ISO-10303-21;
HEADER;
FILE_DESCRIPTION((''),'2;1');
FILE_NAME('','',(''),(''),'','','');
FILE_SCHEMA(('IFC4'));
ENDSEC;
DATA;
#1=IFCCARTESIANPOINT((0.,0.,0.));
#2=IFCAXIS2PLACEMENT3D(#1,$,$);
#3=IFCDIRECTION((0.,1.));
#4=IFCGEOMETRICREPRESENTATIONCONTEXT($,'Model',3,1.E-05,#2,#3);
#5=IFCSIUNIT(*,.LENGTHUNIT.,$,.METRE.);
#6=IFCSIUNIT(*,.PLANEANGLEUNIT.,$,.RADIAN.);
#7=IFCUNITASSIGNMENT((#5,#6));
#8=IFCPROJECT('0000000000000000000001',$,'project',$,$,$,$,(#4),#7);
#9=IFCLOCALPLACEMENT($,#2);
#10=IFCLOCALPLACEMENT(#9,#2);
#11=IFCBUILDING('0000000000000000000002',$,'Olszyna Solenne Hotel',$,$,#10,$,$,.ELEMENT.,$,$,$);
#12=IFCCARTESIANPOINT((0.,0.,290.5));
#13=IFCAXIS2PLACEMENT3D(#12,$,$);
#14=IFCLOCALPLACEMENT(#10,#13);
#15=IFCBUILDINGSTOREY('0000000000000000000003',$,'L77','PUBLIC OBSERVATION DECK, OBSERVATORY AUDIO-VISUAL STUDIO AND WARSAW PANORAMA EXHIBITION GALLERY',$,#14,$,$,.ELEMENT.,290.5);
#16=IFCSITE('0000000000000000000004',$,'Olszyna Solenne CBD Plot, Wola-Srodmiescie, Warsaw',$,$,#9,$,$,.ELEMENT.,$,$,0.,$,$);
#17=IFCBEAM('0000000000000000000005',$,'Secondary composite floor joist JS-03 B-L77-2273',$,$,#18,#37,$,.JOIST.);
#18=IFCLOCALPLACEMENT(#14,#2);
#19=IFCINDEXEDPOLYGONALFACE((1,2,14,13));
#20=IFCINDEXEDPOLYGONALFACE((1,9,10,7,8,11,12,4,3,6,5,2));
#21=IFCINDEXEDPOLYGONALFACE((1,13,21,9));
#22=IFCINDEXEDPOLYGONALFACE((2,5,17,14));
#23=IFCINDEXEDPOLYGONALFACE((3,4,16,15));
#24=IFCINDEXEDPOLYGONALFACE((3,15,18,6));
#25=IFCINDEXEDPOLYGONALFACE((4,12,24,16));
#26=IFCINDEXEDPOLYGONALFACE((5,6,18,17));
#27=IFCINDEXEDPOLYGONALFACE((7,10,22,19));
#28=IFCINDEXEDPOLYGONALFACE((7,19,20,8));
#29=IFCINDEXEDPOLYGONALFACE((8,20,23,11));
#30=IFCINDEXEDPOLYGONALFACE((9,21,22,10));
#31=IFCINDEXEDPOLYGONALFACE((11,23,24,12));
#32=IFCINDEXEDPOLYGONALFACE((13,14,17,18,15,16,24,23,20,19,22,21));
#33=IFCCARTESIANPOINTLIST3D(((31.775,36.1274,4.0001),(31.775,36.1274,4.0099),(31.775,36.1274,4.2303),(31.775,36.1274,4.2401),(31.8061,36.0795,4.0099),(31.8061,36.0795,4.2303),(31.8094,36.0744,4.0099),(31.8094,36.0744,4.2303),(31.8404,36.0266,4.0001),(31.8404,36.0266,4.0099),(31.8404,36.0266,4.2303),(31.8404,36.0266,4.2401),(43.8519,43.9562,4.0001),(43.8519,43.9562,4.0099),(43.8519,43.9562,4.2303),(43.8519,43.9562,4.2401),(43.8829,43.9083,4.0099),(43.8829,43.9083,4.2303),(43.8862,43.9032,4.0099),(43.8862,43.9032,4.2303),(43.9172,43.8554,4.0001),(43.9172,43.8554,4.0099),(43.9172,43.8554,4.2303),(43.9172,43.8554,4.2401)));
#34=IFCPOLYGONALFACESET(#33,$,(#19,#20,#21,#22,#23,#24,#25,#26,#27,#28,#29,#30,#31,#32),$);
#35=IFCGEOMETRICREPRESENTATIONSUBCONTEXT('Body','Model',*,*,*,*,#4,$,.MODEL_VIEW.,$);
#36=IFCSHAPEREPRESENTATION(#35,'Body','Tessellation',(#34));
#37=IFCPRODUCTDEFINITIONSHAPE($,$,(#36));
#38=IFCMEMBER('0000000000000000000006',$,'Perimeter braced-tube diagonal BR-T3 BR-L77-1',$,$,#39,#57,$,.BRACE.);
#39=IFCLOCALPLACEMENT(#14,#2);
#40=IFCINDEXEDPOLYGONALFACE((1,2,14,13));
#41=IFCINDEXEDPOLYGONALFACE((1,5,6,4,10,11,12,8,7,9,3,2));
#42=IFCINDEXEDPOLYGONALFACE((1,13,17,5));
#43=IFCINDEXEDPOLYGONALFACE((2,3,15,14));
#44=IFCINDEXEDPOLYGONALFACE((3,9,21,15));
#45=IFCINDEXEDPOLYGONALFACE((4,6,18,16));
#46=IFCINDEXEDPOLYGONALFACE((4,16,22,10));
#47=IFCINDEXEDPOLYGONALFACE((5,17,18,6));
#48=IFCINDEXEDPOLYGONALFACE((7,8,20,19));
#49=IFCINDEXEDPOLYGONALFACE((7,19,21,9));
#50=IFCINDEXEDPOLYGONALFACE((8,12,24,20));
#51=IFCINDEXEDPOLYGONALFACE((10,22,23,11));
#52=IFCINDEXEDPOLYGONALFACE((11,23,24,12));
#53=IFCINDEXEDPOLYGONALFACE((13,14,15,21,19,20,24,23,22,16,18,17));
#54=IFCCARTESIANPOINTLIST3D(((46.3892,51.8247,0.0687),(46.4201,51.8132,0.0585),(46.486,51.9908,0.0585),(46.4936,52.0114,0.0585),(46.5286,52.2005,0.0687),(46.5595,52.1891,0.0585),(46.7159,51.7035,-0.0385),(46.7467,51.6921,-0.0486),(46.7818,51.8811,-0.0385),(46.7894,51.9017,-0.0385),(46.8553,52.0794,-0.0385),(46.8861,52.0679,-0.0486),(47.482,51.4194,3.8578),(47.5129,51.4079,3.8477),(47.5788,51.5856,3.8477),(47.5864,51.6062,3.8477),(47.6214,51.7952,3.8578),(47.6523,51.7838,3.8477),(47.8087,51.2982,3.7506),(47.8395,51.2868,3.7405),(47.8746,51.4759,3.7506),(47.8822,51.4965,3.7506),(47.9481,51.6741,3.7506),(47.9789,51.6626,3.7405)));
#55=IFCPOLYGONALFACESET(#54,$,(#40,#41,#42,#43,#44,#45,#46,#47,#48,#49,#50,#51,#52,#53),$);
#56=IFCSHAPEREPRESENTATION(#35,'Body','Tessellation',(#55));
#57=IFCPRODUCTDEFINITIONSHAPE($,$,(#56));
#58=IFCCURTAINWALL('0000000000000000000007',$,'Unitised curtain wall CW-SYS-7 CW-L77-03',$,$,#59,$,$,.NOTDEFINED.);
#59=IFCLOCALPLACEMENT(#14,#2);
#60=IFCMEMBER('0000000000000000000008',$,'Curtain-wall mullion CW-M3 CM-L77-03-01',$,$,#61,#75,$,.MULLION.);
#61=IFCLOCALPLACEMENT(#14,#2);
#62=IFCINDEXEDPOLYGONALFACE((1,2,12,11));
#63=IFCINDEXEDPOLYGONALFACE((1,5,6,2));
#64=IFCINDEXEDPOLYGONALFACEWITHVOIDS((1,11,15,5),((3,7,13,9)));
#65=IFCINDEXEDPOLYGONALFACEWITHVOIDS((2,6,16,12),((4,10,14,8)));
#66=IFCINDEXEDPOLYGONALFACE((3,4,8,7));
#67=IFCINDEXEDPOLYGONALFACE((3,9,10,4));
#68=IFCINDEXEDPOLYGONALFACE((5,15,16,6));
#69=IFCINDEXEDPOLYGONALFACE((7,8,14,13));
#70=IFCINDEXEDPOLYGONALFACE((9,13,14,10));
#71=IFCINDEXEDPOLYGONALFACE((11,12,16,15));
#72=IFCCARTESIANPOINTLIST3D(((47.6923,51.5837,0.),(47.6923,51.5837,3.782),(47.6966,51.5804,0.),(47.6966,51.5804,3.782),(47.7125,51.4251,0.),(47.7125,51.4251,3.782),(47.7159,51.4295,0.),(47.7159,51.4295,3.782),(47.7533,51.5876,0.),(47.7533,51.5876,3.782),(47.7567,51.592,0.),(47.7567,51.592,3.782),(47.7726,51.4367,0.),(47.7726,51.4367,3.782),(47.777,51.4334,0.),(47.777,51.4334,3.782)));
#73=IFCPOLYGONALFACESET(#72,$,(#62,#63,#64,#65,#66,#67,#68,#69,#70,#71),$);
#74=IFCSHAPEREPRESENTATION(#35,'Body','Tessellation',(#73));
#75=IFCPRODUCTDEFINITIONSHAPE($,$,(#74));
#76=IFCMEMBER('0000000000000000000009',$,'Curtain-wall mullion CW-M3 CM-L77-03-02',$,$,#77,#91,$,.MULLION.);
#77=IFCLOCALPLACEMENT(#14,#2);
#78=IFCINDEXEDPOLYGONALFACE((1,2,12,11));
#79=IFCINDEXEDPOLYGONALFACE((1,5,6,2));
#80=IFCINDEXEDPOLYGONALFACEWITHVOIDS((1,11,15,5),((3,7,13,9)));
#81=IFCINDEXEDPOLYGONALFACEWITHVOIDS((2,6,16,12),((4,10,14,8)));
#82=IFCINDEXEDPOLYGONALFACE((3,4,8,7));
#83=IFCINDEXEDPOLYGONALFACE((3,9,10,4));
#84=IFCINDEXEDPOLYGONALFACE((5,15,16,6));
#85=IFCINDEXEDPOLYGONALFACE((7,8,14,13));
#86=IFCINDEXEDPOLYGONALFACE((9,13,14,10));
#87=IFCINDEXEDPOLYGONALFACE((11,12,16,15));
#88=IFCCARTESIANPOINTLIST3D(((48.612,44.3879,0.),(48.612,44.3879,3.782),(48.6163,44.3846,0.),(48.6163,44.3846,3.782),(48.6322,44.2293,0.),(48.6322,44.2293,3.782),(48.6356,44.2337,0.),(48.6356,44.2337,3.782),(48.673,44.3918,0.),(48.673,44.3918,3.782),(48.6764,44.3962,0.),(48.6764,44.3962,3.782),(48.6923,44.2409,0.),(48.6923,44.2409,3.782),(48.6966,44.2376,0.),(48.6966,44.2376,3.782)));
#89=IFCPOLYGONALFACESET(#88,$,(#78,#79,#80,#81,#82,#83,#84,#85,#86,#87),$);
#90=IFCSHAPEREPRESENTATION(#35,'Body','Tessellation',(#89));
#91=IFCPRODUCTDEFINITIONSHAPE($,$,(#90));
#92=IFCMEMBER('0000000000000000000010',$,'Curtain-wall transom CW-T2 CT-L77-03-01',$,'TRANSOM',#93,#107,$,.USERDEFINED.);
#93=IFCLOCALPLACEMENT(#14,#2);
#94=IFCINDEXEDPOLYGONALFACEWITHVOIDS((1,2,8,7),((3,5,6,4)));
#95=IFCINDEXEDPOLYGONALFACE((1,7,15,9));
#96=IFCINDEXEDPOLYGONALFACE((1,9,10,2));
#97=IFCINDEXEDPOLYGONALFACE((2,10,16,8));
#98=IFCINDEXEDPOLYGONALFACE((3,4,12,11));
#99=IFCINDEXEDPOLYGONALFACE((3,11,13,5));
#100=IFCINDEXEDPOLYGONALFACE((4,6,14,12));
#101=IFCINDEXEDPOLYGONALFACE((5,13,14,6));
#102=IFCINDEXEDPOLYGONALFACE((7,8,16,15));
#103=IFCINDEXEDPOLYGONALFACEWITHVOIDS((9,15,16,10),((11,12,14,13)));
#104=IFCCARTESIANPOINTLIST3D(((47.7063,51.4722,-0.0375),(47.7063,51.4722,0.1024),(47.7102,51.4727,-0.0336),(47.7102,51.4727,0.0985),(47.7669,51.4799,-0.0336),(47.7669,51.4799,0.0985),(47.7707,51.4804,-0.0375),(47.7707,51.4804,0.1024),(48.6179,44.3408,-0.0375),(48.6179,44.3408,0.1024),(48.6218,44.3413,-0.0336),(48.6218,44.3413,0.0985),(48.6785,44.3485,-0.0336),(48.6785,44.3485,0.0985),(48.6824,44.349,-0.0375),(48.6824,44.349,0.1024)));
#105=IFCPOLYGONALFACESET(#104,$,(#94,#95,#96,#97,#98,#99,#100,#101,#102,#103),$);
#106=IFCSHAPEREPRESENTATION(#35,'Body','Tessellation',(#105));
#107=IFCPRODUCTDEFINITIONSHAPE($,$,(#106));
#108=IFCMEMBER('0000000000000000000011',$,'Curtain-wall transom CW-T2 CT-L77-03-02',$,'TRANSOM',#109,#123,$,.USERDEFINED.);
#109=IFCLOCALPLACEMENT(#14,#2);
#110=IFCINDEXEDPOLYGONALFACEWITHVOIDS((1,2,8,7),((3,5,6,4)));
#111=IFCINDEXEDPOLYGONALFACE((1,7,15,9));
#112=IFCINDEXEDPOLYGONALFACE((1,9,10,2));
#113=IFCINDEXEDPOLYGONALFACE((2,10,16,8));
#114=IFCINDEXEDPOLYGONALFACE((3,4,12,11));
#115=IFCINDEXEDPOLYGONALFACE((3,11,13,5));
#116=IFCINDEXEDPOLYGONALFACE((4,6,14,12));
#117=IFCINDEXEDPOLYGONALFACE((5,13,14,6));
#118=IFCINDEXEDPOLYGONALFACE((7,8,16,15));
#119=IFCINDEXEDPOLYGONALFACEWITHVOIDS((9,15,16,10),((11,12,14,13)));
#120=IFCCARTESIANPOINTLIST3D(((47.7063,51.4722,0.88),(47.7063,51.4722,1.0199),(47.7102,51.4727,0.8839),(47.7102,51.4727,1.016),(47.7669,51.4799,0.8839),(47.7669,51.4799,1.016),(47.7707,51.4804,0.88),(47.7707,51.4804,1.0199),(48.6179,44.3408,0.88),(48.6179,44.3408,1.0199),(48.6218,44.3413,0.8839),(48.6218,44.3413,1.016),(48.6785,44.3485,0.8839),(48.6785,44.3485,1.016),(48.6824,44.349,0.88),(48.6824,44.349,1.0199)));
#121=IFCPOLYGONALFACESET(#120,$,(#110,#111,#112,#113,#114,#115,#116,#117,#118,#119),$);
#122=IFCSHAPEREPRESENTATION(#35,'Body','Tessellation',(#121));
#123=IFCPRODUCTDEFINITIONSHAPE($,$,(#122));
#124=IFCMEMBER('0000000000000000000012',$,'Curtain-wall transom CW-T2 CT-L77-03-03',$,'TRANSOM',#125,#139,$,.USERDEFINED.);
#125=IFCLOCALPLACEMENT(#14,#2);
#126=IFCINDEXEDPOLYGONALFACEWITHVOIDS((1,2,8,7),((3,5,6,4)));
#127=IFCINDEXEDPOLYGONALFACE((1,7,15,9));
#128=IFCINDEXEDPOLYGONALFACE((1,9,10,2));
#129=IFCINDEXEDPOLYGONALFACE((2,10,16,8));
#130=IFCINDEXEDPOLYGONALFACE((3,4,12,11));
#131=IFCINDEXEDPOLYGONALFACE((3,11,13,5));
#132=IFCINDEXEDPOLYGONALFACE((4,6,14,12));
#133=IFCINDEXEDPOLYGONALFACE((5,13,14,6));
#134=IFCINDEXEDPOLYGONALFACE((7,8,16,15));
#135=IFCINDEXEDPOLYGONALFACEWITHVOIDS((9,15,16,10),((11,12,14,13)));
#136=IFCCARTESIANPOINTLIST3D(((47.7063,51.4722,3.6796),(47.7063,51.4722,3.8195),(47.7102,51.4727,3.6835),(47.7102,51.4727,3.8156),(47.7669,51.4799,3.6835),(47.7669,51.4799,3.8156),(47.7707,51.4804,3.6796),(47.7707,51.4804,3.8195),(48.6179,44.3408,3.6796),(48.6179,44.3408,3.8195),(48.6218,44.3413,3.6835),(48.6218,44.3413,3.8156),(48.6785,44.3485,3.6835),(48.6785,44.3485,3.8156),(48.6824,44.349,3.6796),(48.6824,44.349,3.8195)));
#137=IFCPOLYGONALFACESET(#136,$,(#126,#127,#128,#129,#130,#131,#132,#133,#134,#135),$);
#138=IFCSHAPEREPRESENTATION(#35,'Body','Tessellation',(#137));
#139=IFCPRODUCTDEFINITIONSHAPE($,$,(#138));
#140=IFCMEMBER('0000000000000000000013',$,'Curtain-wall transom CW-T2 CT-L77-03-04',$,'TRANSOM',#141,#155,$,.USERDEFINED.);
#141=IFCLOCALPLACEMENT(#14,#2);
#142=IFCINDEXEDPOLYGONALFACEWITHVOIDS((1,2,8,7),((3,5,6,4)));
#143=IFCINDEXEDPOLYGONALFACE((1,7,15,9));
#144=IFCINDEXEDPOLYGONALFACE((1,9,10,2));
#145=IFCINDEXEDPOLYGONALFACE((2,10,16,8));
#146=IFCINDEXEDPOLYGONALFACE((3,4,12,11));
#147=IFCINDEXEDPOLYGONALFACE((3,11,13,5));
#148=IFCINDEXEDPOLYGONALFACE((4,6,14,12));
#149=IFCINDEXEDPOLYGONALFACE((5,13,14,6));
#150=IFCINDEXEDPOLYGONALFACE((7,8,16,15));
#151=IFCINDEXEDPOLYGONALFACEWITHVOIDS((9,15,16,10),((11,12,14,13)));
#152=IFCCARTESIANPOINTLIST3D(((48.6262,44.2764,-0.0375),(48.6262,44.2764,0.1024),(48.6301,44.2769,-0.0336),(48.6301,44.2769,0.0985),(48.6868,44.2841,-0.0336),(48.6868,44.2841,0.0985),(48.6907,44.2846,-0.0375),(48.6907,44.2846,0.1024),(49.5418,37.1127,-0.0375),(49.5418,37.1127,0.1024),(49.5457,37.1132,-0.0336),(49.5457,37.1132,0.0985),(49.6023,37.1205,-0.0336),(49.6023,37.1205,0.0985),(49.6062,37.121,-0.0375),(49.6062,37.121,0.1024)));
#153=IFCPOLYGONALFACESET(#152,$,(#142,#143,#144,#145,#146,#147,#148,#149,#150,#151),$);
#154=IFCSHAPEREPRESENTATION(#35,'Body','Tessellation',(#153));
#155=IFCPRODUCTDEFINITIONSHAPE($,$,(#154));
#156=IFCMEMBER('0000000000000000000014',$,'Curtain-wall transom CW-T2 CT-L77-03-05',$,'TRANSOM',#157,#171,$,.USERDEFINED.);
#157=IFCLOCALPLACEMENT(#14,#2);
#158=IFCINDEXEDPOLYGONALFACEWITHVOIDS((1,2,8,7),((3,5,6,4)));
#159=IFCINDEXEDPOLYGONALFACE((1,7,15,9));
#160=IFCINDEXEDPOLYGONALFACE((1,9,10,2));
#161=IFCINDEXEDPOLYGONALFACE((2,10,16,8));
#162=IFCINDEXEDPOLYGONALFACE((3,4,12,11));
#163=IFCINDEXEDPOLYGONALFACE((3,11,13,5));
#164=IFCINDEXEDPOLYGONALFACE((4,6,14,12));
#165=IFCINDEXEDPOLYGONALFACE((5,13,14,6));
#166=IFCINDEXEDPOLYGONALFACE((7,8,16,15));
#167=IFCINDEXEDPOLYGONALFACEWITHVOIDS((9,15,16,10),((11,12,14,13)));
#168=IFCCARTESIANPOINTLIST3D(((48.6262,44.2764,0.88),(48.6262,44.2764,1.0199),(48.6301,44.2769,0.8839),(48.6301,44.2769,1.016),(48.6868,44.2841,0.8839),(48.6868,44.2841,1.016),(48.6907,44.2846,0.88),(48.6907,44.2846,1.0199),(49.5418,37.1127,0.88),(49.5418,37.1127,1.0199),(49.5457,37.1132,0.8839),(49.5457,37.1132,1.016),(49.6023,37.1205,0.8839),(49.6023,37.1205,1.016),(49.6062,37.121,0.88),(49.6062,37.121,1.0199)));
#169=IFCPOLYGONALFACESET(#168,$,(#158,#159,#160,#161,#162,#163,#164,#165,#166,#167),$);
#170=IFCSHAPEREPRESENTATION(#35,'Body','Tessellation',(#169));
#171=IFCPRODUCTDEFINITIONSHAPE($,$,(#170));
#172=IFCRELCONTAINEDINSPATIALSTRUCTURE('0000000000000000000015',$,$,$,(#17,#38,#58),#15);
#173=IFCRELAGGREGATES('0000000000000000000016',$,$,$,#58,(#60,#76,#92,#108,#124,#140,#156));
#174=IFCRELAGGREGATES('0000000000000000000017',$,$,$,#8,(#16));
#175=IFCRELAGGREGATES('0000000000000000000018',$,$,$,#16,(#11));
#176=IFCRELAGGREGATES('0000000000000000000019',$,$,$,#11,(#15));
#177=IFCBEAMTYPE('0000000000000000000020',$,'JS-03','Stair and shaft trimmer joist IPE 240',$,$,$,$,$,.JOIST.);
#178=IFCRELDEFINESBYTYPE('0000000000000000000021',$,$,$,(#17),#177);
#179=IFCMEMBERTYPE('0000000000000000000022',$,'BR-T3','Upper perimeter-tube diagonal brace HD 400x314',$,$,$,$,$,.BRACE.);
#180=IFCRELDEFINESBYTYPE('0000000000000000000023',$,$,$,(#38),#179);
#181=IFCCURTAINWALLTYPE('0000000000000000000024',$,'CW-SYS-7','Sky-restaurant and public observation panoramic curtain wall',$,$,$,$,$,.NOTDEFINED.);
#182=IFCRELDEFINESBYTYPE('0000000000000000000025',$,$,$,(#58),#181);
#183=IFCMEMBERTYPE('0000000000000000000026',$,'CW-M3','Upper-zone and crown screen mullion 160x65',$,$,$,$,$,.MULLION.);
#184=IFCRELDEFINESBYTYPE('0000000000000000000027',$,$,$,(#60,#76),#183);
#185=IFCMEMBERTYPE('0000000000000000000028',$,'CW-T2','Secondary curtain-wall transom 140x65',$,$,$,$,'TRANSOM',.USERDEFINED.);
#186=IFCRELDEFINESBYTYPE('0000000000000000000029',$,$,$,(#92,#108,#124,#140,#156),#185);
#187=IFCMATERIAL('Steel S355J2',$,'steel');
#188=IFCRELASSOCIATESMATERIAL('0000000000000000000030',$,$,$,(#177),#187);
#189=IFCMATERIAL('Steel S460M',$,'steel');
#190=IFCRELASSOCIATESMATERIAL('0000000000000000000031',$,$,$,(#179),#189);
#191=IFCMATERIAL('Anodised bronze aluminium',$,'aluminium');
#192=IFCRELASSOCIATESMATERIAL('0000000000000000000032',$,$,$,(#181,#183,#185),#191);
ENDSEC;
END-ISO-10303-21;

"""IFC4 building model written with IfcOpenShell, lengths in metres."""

from ifc_helpers import new_model, si_unit, direction, frame, origin, origin_2d, place, context, subcontext, project, spatial, hollow_rectangle, i_section, extrude, source, transform, mapped, material, material_profile, profile_set, type_object, element, aggregate, save


model = new_model("IFC4")

# Units and contexts
model_context = context("Model", 3, precision=1e-05, world=origin(), true_north=direction((0.0, 1.0)))
body_context = subcontext(model_context, "Body", "Model", "MODEL_VIEW")
ifc_project = project(units=[si_unit("LENGTHUNIT", "METRE"), si_unit("PLANEANGLEUNIT", "RADIAN")], contexts=[model_context])

# Site, building, storey
site_placement = place(None, origin())
site = spatial("IfcSite", under=ifc_project, at=site_placement, Name="Olszyna Solenne CBD Plot, Wola-Srodmiescie, Warsaw", CompositionType="ELEMENT", RefElevation=0.0)
building_placement = place(site_placement, origin())
building = spatial("IfcBuilding", under=site, at=building_placement, Name="Olszyna Solenne Hotel", CompositionType="ELEMENT")
storey_placement = place(building_placement, frame((0.0, 0.0, 290.5)))
storey = spatial("IfcBuildingStorey", under=building, at=storey_placement, Name="L77", Description="PUBLIC OBSERVATION DECK, OBSERVATORY AUDIO-VISUAL STUDIO AND WARSAW PANORAMA EXHIBITION GALLERY", CompositionType="ELEMENT", Elevation=290.5)

# Shared definitions
ifc_material_1 = material(Name="Steel S460M", Category="steel")

# Beam
ifc_material_2 = material(Name="Steel S355J2", Category="steel")
ifc_material_profile_1 = material_profile(ifc_material_2, i_section(OverallWidth=0.1201, OverallDepth=0.24, WebThickness=0.0061, FlangeThickness=0.0098, at=origin_2d()), Name="IPE 240", Category="load-bearing")
ifc_profile_set_1 = profile_set([ifc_material_profile_1], Name="Steel S355J2")
beam_type_1 = type_object("IfcBeamType", Name="JS-03", Description="Stair and shaft trimmer joist IPE 240", PredefinedType="JOIST", material=ifc_profile_set_1)
shared_shape_1 = source(origin(), body_context, "Body", "SweptSolid", [
    extrude(i_section(OverallWidth=0.1201, OverallDepth=0.24, WebThickness=0.0061, FlangeThickness=0.0098, at=origin_2d()), origin(), (0.0, 0.0, 1.0), 14.3923),
])
beam_1_placement = place(storey_placement, frame((43.8845, 43.9058, 4.1201), z_axis=(-0.839114, -0.543956, 0.0), x_axis=(0.543956, -0.839114, 0.0)))
element("IfcBeam", 1, at=beam_1_placement, inside=storey, type_object=beam_type_1, Name="Secondary composite floor joist JS-03 B-L77-2273", PredefinedType="JOIST", context=body_context, shape_type="MappedRepresentation", body=[
    mapped(shared_shape_1, transform((0.0, 0.0, 0.0), x_axis=(1.0, 0.0, 0.0), y_axis=(0.0, 1.0, 0.0), z_axis=(0.0, 0.0, 1.0), scale=1.0)),
])

# Member
ifc_material_profile_2 = material_profile(ifc_material_1, i_section(OverallWidth=0.4009, OverallDepth=0.3989, WebThickness=0.022, FlangeThickness=0.0344, at=origin_2d()), Name="HD 400x314", Category="load-bearing")
ifc_profile_set_2 = profile_set([ifc_material_profile_2], Name="Steel S460M")
member_type_1 = type_object("IfcMemberType", Name="BR-T3", Description="Upper perimeter-tube diagonal brace HD 400x314", PredefinedType="BRACE", material=ifc_profile_set_2)
shared_shape_2 = source(origin(), body_context, "Body", "SweptSolid", [
    extrude(i_section(OverallWidth=0.4009, OverallDepth=0.3989, WebThickness=0.022, FlangeThickness=0.0344, at=origin_2d()), origin(), (0.0, 0.0, 1.0), 3.9644),
])
member_1_placement = place(storey_placement, frame((46.6377, 51.9463, 0.01), z_axis=(0.275656, -0.102232, 0.955805), x_axis=(0.347724, 0.937597, 0.0)))
element("IfcMember", 2, at=member_1_placement, inside=storey, type_object=member_type_1, Name="Perimeter braced-tube diagonal BR-T3 BR-L77-1", PredefinedType="BRACE", context=body_context, shape_type="MappedRepresentation", body=[
    mapped(shared_shape_2, transform((0.0, 0.0, 0.0), x_axis=(1.0, 0.0, 0.0), y_axis=(0.0, 1.0, 0.0), z_axis=(0.0, 0.0, 1.0), scale=1.0)),
])

# Curtain wall, members
ifc_material_3 = material(Name="Anodised bronze aluminium", Category="aluminium")
curtain_wall_type = type_object("IfcCurtainWallType", Name="CW-SYS-7", Description="Sky-restaurant and public observation panoramic curtain wall", PredefinedType="NOTDEFINED", material=ifc_material_3)
curtain_wall_placement = place(storey_placement, origin())
curtain_wall = element("IfcCurtainWall", 3, at=curtain_wall_placement, inside=storey, type_object=curtain_wall_type, Name="Unitised curtain wall CW-SYS-7 CW-L77-03", PredefinedType="NOTDEFINED")
ifc_material_profile_3 = material_profile(ifc_material_3, hollow_rectangle(XDim=0.0649, YDim=0.1599, WallThickness=0.0039, at=origin_2d()), Name="MULL 160x65x4", Category="load-bearing")
ifc_profile_set_3 = profile_set([ifc_material_profile_3], Name="Anodised bronze aluminium")
member_type_2 = type_object("IfcMemberType", Name="CW-M3", Description="Upper-zone and crown screen mullion 160x65", PredefinedType="MULLION", material=ifc_profile_set_3)
shared_shape_3 = source(origin(), body_context, "Body", "SweptSolid", [
    extrude(hollow_rectangle(XDim=0.0649, YDim=0.1599, WallThickness=0.0039, at=origin_2d()), origin(), (0.0, 0.0, 1.0), 3.782),
])
member_2_placement = place(storey_placement, frame((47.7346, 51.5085, 0.0), z_axis=(0.0, 0.0, 1.0), x_axis=(0.99193, 0.12679, 0.0)))
member_2 = element("IfcMember", 4, at=member_2_placement, type_object=member_type_2, Name="Curtain-wall mullion CW-M3 CM-L77-03-01", PredefinedType="MULLION", context=body_context, shape_type="MappedRepresentation", body=[
    mapped(shared_shape_3, transform((0.0, 0.0, 0.0), x_axis=(1.0, 0.0, 0.0), y_axis=(0.0, 1.0, 0.0), z_axis=(0.0, 0.0, 1.0), scale=1.0)),
])
member_3_placement = place(storey_placement, frame((48.6543, 44.3127, 0.0), z_axis=(0.0, 0.0, 1.0), x_axis=(0.99193, 0.12679, 0.0)))
member_3 = element("IfcMember", 5, at=member_3_placement, type_object=member_type_2, Name="Curtain-wall mullion CW-M3 CM-L77-03-02", PredefinedType="MULLION", context=body_context, shape_type="MappedRepresentation", body=[
    mapped(shared_shape_3, transform((0.0, 0.0, 0.0), x_axis=(1.0, 0.0, 0.0), y_axis=(0.0, 1.0, 0.0), z_axis=(0.0, 0.0, 1.0), scale=1.0)),
])
ifc_material_profile_4 = material_profile(ifc_material_3, hollow_rectangle(XDim=0.0649, YDim=0.1399, WallThickness=0.0039, at=origin_2d()), Name="TRAN 140x65x4", Category="load-bearing")
ifc_profile_set_4 = profile_set([ifc_material_profile_4], Name="Anodised bronze aluminium")
member_type_3 = type_object("IfcMemberType", Name="CW-T2", Description="Secondary curtain-wall transom 140x65", ElementType="TRANSOM", PredefinedType="USERDEFINED", material=ifc_profile_set_4)
shared_shape_4 = source(origin(), body_context, "Body", "SweptSolid", [
    extrude(hollow_rectangle(XDim=0.0649, YDim=0.1399, WallThickness=0.0039, at=origin_2d()), origin(), (0.0, 0.0, 1.0), 7.1895),
])
member_4_placement = place(storey_placement, frame((47.7385, 51.4763, 0.0325), z_axis=(0.126801, -0.991928, 0.0), x_axis=(0.991928, 0.126801, 0.0)))
member_4 = element("IfcMember", 6, at=member_4_placement, type_object=member_type_3, Name="Curtain-wall transom CW-T2 CT-L77-03-01", ObjectType="TRANSOM", PredefinedType="USERDEFINED", context=body_context, shape_type="MappedRepresentation", body=[
    mapped(shared_shape_4, transform((0.0, 0.0, 0.0), x_axis=(1.0, 0.0, 0.0), y_axis=(0.0, 1.0, 0.0), z_axis=(0.0, 0.0, 1.0), scale=1.0)),
])
member_5_placement = place(storey_placement, frame((47.7385, 51.4763, 0.95), z_axis=(0.126801, -0.991928, 0.0), x_axis=(0.991928, 0.126801, 0.0)))
member_5 = element("IfcMember", 7, at=member_5_placement, type_object=member_type_3, Name="Curtain-wall transom CW-T2 CT-L77-03-02", ObjectType="TRANSOM", PredefinedType="USERDEFINED", context=body_context, shape_type="MappedRepresentation", body=[
    mapped(shared_shape_4, transform((0.0, 0.0, 0.0), x_axis=(1.0, 0.0, 0.0), y_axis=(0.0, 1.0, 0.0), z_axis=(0.0, 0.0, 1.0), scale=1.0)),
])
member_6_placement = place(storey_placement, frame((47.7385, 51.4763, 3.7495), z_axis=(0.126801, -0.991928, 0.0), x_axis=(0.991928, 0.126801, 0.0)))
member_6 = element("IfcMember", 8, at=member_6_placement, type_object=member_type_3, Name="Curtain-wall transom CW-T2 CT-L77-03-03", ObjectType="TRANSOM", PredefinedType="USERDEFINED", context=body_context, shape_type="MappedRepresentation", body=[
    mapped(shared_shape_4, transform((0.0, 0.0, 0.0), x_axis=(1.0, 0.0, 0.0), y_axis=(0.0, 1.0, 0.0), z_axis=(0.0, 0.0, 1.0), scale=1.0)),
])
shared_shape_5 = source(origin(), body_context, "Body", "SweptSolid", [
    extrude(hollow_rectangle(XDim=0.0649, YDim=0.1399, WallThickness=0.0039, at=origin_2d()), origin(), (0.0, 0.0, 1.0), 7.2219),
])
member_7_placement = place(storey_placement, frame((48.6584, 44.2805, 0.0325), z_axis=(0.126772, -0.991932, 0.0), x_axis=(0.991932, 0.126772, 0.0)))
member_7 = element("IfcMember", 9, at=member_7_placement, type_object=member_type_3, Name="Curtain-wall transom CW-T2 CT-L77-03-04", ObjectType="TRANSOM", PredefinedType="USERDEFINED", context=body_context, shape_type="MappedRepresentation", body=[
    mapped(shared_shape_5, transform((0.0, 0.0, 0.0), x_axis=(1.0, 0.0, 0.0), y_axis=(0.0, 1.0, 0.0), z_axis=(0.0, 0.0, 1.0), scale=1.0)),
])
member_8_placement = place(storey_placement, frame((48.6584, 44.2805, 0.95), z_axis=(0.126772, -0.991932, 0.0), x_axis=(0.991932, 0.126772, 0.0)))
member_8 = element("IfcMember", 10, at=member_8_placement, type_object=member_type_3, Name="Curtain-wall transom CW-T2 CT-L77-03-05", ObjectType="TRANSOM", PredefinedType="USERDEFINED", context=body_context, shape_type="MappedRepresentation", body=[
    mapped(shared_shape_5, transform((0.0, 0.0, 0.0), x_axis=(1.0, 0.0, 0.0), y_axis=(0.0, 1.0, 0.0), z_axis=(0.0, 0.0, 1.0), scale=1.0)),
])

aggregate(curtain_wall, [member_2, member_3, member_4, member_5, member_6, member_7, member_8])

save(model, "model.ifc")
